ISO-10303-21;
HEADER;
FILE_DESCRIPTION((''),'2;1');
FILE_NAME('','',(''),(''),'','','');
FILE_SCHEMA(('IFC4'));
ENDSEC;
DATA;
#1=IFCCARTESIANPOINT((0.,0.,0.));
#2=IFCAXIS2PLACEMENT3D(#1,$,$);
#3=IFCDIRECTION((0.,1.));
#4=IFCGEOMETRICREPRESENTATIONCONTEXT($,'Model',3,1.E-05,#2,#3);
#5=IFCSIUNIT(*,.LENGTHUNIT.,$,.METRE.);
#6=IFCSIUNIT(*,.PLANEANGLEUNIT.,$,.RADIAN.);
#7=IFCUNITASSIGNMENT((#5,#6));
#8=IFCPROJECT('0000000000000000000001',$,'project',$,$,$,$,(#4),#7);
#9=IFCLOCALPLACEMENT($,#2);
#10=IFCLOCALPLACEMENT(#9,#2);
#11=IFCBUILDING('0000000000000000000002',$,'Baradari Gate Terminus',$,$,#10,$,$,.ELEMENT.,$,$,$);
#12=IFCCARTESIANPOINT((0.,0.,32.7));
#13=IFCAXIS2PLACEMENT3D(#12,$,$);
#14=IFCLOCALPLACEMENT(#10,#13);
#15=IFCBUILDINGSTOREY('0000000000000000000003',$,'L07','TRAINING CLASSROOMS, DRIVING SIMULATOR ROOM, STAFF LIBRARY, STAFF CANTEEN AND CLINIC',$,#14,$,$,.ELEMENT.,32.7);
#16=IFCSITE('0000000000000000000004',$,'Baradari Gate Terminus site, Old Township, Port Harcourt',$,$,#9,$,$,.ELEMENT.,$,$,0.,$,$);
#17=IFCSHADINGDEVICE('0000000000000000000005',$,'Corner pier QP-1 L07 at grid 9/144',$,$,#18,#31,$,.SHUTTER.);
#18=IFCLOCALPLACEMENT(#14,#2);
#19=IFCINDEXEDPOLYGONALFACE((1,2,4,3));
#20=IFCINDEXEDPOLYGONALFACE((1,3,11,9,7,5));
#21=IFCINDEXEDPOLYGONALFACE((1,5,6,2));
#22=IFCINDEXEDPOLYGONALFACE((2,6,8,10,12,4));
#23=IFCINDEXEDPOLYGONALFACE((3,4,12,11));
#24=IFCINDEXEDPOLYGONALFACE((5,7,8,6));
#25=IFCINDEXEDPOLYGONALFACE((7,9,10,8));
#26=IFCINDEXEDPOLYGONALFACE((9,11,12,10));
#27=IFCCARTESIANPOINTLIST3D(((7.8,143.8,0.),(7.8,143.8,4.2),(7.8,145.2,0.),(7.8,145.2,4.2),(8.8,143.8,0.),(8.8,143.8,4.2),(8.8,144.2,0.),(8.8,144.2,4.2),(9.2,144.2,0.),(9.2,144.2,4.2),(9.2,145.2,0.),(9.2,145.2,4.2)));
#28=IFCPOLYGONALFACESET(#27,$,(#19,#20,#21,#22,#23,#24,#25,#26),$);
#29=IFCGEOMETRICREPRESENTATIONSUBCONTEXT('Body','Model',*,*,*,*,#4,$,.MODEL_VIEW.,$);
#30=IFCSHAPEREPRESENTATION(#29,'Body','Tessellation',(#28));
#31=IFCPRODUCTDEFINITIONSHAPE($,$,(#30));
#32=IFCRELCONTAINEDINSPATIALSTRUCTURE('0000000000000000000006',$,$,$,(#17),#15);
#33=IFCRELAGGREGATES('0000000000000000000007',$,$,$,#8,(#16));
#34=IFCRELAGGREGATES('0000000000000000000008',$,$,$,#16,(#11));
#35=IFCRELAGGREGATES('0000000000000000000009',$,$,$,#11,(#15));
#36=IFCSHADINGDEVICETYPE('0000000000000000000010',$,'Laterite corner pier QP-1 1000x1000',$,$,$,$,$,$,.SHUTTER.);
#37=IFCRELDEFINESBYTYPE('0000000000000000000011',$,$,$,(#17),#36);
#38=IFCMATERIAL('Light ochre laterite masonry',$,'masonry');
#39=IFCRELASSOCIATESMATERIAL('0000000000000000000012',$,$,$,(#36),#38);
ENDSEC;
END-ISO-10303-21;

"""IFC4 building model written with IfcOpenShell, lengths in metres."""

from ifc_helpers import new_model, si_unit, direction, frame, origin, place, context, subcontext, project, spatial, polyline, outline, extrude, material, type_object, element, save


model = new_model("IFC4")

# Units and contexts
model_context = context("Model", 3, precision=1e-05, world=origin(), true_north=direction((0.0, 1.0)))
body_context = subcontext(model_context, "Body", "Model", "MODEL_VIEW")
ifc_project = project(units=[si_unit("LENGTHUNIT", "METRE"), si_unit("PLANEANGLEUNIT", "RADIAN")], contexts=[model_context])

# Site, building, storey
site_placement = place(None, origin())
site = spatial("IfcSite", under=ifc_project, at=site_placement, Name="Baradari Gate Terminus site, Old Township, Port Harcourt", CompositionType="ELEMENT", RefElevation=0.0)
building_placement = place(site_placement, origin())
building = spatial("IfcBuilding", under=site, at=building_placement, Name="Baradari Gate Terminus", CompositionType="ELEMENT")
storey_placement = place(building_placement, frame((0.0, 0.0, 32.7)))
storey = spatial("IfcBuildingStorey", under=building, at=storey_placement, Name="L07", Description="TRAINING CLASSROOMS, DRIVING SIMULATOR ROOM, STAFF LIBRARY, STAFF CANTEEN AND CLINIC", CompositionType="ELEMENT", Elevation=32.7)

# Shading device
ifc_material_1 = material(Name="Light ochre laterite masonry", Category="masonry")
shading_device_type = type_object("IfcShadingDeviceType", Name="Laterite corner pier QP-1 1000x1000", PredefinedType="SHUTTER", material=ifc_material_1)
shading_device_1_placement = place(storey_placement, origin())
element("IfcShadingDevice", 1, at=shading_device_1_placement, inside=storey, type_object=shading_device_type, Name="Corner pier QP-1 L07 at grid 9/144", PredefinedType="SHUTTER", context=body_context, shape_type="SweptSolid", body=[
    extrude(outline(polyline([(8.8, 143.8), (7.8, 143.8), (7.8, 145.2), (9.2, 145.2), (9.2, 144.2), (8.8, 144.2), (8.8, 143.8)])), origin(), (0.0, 0.0, 1.0), 4.2),
])

save(model, "model.ifc")
